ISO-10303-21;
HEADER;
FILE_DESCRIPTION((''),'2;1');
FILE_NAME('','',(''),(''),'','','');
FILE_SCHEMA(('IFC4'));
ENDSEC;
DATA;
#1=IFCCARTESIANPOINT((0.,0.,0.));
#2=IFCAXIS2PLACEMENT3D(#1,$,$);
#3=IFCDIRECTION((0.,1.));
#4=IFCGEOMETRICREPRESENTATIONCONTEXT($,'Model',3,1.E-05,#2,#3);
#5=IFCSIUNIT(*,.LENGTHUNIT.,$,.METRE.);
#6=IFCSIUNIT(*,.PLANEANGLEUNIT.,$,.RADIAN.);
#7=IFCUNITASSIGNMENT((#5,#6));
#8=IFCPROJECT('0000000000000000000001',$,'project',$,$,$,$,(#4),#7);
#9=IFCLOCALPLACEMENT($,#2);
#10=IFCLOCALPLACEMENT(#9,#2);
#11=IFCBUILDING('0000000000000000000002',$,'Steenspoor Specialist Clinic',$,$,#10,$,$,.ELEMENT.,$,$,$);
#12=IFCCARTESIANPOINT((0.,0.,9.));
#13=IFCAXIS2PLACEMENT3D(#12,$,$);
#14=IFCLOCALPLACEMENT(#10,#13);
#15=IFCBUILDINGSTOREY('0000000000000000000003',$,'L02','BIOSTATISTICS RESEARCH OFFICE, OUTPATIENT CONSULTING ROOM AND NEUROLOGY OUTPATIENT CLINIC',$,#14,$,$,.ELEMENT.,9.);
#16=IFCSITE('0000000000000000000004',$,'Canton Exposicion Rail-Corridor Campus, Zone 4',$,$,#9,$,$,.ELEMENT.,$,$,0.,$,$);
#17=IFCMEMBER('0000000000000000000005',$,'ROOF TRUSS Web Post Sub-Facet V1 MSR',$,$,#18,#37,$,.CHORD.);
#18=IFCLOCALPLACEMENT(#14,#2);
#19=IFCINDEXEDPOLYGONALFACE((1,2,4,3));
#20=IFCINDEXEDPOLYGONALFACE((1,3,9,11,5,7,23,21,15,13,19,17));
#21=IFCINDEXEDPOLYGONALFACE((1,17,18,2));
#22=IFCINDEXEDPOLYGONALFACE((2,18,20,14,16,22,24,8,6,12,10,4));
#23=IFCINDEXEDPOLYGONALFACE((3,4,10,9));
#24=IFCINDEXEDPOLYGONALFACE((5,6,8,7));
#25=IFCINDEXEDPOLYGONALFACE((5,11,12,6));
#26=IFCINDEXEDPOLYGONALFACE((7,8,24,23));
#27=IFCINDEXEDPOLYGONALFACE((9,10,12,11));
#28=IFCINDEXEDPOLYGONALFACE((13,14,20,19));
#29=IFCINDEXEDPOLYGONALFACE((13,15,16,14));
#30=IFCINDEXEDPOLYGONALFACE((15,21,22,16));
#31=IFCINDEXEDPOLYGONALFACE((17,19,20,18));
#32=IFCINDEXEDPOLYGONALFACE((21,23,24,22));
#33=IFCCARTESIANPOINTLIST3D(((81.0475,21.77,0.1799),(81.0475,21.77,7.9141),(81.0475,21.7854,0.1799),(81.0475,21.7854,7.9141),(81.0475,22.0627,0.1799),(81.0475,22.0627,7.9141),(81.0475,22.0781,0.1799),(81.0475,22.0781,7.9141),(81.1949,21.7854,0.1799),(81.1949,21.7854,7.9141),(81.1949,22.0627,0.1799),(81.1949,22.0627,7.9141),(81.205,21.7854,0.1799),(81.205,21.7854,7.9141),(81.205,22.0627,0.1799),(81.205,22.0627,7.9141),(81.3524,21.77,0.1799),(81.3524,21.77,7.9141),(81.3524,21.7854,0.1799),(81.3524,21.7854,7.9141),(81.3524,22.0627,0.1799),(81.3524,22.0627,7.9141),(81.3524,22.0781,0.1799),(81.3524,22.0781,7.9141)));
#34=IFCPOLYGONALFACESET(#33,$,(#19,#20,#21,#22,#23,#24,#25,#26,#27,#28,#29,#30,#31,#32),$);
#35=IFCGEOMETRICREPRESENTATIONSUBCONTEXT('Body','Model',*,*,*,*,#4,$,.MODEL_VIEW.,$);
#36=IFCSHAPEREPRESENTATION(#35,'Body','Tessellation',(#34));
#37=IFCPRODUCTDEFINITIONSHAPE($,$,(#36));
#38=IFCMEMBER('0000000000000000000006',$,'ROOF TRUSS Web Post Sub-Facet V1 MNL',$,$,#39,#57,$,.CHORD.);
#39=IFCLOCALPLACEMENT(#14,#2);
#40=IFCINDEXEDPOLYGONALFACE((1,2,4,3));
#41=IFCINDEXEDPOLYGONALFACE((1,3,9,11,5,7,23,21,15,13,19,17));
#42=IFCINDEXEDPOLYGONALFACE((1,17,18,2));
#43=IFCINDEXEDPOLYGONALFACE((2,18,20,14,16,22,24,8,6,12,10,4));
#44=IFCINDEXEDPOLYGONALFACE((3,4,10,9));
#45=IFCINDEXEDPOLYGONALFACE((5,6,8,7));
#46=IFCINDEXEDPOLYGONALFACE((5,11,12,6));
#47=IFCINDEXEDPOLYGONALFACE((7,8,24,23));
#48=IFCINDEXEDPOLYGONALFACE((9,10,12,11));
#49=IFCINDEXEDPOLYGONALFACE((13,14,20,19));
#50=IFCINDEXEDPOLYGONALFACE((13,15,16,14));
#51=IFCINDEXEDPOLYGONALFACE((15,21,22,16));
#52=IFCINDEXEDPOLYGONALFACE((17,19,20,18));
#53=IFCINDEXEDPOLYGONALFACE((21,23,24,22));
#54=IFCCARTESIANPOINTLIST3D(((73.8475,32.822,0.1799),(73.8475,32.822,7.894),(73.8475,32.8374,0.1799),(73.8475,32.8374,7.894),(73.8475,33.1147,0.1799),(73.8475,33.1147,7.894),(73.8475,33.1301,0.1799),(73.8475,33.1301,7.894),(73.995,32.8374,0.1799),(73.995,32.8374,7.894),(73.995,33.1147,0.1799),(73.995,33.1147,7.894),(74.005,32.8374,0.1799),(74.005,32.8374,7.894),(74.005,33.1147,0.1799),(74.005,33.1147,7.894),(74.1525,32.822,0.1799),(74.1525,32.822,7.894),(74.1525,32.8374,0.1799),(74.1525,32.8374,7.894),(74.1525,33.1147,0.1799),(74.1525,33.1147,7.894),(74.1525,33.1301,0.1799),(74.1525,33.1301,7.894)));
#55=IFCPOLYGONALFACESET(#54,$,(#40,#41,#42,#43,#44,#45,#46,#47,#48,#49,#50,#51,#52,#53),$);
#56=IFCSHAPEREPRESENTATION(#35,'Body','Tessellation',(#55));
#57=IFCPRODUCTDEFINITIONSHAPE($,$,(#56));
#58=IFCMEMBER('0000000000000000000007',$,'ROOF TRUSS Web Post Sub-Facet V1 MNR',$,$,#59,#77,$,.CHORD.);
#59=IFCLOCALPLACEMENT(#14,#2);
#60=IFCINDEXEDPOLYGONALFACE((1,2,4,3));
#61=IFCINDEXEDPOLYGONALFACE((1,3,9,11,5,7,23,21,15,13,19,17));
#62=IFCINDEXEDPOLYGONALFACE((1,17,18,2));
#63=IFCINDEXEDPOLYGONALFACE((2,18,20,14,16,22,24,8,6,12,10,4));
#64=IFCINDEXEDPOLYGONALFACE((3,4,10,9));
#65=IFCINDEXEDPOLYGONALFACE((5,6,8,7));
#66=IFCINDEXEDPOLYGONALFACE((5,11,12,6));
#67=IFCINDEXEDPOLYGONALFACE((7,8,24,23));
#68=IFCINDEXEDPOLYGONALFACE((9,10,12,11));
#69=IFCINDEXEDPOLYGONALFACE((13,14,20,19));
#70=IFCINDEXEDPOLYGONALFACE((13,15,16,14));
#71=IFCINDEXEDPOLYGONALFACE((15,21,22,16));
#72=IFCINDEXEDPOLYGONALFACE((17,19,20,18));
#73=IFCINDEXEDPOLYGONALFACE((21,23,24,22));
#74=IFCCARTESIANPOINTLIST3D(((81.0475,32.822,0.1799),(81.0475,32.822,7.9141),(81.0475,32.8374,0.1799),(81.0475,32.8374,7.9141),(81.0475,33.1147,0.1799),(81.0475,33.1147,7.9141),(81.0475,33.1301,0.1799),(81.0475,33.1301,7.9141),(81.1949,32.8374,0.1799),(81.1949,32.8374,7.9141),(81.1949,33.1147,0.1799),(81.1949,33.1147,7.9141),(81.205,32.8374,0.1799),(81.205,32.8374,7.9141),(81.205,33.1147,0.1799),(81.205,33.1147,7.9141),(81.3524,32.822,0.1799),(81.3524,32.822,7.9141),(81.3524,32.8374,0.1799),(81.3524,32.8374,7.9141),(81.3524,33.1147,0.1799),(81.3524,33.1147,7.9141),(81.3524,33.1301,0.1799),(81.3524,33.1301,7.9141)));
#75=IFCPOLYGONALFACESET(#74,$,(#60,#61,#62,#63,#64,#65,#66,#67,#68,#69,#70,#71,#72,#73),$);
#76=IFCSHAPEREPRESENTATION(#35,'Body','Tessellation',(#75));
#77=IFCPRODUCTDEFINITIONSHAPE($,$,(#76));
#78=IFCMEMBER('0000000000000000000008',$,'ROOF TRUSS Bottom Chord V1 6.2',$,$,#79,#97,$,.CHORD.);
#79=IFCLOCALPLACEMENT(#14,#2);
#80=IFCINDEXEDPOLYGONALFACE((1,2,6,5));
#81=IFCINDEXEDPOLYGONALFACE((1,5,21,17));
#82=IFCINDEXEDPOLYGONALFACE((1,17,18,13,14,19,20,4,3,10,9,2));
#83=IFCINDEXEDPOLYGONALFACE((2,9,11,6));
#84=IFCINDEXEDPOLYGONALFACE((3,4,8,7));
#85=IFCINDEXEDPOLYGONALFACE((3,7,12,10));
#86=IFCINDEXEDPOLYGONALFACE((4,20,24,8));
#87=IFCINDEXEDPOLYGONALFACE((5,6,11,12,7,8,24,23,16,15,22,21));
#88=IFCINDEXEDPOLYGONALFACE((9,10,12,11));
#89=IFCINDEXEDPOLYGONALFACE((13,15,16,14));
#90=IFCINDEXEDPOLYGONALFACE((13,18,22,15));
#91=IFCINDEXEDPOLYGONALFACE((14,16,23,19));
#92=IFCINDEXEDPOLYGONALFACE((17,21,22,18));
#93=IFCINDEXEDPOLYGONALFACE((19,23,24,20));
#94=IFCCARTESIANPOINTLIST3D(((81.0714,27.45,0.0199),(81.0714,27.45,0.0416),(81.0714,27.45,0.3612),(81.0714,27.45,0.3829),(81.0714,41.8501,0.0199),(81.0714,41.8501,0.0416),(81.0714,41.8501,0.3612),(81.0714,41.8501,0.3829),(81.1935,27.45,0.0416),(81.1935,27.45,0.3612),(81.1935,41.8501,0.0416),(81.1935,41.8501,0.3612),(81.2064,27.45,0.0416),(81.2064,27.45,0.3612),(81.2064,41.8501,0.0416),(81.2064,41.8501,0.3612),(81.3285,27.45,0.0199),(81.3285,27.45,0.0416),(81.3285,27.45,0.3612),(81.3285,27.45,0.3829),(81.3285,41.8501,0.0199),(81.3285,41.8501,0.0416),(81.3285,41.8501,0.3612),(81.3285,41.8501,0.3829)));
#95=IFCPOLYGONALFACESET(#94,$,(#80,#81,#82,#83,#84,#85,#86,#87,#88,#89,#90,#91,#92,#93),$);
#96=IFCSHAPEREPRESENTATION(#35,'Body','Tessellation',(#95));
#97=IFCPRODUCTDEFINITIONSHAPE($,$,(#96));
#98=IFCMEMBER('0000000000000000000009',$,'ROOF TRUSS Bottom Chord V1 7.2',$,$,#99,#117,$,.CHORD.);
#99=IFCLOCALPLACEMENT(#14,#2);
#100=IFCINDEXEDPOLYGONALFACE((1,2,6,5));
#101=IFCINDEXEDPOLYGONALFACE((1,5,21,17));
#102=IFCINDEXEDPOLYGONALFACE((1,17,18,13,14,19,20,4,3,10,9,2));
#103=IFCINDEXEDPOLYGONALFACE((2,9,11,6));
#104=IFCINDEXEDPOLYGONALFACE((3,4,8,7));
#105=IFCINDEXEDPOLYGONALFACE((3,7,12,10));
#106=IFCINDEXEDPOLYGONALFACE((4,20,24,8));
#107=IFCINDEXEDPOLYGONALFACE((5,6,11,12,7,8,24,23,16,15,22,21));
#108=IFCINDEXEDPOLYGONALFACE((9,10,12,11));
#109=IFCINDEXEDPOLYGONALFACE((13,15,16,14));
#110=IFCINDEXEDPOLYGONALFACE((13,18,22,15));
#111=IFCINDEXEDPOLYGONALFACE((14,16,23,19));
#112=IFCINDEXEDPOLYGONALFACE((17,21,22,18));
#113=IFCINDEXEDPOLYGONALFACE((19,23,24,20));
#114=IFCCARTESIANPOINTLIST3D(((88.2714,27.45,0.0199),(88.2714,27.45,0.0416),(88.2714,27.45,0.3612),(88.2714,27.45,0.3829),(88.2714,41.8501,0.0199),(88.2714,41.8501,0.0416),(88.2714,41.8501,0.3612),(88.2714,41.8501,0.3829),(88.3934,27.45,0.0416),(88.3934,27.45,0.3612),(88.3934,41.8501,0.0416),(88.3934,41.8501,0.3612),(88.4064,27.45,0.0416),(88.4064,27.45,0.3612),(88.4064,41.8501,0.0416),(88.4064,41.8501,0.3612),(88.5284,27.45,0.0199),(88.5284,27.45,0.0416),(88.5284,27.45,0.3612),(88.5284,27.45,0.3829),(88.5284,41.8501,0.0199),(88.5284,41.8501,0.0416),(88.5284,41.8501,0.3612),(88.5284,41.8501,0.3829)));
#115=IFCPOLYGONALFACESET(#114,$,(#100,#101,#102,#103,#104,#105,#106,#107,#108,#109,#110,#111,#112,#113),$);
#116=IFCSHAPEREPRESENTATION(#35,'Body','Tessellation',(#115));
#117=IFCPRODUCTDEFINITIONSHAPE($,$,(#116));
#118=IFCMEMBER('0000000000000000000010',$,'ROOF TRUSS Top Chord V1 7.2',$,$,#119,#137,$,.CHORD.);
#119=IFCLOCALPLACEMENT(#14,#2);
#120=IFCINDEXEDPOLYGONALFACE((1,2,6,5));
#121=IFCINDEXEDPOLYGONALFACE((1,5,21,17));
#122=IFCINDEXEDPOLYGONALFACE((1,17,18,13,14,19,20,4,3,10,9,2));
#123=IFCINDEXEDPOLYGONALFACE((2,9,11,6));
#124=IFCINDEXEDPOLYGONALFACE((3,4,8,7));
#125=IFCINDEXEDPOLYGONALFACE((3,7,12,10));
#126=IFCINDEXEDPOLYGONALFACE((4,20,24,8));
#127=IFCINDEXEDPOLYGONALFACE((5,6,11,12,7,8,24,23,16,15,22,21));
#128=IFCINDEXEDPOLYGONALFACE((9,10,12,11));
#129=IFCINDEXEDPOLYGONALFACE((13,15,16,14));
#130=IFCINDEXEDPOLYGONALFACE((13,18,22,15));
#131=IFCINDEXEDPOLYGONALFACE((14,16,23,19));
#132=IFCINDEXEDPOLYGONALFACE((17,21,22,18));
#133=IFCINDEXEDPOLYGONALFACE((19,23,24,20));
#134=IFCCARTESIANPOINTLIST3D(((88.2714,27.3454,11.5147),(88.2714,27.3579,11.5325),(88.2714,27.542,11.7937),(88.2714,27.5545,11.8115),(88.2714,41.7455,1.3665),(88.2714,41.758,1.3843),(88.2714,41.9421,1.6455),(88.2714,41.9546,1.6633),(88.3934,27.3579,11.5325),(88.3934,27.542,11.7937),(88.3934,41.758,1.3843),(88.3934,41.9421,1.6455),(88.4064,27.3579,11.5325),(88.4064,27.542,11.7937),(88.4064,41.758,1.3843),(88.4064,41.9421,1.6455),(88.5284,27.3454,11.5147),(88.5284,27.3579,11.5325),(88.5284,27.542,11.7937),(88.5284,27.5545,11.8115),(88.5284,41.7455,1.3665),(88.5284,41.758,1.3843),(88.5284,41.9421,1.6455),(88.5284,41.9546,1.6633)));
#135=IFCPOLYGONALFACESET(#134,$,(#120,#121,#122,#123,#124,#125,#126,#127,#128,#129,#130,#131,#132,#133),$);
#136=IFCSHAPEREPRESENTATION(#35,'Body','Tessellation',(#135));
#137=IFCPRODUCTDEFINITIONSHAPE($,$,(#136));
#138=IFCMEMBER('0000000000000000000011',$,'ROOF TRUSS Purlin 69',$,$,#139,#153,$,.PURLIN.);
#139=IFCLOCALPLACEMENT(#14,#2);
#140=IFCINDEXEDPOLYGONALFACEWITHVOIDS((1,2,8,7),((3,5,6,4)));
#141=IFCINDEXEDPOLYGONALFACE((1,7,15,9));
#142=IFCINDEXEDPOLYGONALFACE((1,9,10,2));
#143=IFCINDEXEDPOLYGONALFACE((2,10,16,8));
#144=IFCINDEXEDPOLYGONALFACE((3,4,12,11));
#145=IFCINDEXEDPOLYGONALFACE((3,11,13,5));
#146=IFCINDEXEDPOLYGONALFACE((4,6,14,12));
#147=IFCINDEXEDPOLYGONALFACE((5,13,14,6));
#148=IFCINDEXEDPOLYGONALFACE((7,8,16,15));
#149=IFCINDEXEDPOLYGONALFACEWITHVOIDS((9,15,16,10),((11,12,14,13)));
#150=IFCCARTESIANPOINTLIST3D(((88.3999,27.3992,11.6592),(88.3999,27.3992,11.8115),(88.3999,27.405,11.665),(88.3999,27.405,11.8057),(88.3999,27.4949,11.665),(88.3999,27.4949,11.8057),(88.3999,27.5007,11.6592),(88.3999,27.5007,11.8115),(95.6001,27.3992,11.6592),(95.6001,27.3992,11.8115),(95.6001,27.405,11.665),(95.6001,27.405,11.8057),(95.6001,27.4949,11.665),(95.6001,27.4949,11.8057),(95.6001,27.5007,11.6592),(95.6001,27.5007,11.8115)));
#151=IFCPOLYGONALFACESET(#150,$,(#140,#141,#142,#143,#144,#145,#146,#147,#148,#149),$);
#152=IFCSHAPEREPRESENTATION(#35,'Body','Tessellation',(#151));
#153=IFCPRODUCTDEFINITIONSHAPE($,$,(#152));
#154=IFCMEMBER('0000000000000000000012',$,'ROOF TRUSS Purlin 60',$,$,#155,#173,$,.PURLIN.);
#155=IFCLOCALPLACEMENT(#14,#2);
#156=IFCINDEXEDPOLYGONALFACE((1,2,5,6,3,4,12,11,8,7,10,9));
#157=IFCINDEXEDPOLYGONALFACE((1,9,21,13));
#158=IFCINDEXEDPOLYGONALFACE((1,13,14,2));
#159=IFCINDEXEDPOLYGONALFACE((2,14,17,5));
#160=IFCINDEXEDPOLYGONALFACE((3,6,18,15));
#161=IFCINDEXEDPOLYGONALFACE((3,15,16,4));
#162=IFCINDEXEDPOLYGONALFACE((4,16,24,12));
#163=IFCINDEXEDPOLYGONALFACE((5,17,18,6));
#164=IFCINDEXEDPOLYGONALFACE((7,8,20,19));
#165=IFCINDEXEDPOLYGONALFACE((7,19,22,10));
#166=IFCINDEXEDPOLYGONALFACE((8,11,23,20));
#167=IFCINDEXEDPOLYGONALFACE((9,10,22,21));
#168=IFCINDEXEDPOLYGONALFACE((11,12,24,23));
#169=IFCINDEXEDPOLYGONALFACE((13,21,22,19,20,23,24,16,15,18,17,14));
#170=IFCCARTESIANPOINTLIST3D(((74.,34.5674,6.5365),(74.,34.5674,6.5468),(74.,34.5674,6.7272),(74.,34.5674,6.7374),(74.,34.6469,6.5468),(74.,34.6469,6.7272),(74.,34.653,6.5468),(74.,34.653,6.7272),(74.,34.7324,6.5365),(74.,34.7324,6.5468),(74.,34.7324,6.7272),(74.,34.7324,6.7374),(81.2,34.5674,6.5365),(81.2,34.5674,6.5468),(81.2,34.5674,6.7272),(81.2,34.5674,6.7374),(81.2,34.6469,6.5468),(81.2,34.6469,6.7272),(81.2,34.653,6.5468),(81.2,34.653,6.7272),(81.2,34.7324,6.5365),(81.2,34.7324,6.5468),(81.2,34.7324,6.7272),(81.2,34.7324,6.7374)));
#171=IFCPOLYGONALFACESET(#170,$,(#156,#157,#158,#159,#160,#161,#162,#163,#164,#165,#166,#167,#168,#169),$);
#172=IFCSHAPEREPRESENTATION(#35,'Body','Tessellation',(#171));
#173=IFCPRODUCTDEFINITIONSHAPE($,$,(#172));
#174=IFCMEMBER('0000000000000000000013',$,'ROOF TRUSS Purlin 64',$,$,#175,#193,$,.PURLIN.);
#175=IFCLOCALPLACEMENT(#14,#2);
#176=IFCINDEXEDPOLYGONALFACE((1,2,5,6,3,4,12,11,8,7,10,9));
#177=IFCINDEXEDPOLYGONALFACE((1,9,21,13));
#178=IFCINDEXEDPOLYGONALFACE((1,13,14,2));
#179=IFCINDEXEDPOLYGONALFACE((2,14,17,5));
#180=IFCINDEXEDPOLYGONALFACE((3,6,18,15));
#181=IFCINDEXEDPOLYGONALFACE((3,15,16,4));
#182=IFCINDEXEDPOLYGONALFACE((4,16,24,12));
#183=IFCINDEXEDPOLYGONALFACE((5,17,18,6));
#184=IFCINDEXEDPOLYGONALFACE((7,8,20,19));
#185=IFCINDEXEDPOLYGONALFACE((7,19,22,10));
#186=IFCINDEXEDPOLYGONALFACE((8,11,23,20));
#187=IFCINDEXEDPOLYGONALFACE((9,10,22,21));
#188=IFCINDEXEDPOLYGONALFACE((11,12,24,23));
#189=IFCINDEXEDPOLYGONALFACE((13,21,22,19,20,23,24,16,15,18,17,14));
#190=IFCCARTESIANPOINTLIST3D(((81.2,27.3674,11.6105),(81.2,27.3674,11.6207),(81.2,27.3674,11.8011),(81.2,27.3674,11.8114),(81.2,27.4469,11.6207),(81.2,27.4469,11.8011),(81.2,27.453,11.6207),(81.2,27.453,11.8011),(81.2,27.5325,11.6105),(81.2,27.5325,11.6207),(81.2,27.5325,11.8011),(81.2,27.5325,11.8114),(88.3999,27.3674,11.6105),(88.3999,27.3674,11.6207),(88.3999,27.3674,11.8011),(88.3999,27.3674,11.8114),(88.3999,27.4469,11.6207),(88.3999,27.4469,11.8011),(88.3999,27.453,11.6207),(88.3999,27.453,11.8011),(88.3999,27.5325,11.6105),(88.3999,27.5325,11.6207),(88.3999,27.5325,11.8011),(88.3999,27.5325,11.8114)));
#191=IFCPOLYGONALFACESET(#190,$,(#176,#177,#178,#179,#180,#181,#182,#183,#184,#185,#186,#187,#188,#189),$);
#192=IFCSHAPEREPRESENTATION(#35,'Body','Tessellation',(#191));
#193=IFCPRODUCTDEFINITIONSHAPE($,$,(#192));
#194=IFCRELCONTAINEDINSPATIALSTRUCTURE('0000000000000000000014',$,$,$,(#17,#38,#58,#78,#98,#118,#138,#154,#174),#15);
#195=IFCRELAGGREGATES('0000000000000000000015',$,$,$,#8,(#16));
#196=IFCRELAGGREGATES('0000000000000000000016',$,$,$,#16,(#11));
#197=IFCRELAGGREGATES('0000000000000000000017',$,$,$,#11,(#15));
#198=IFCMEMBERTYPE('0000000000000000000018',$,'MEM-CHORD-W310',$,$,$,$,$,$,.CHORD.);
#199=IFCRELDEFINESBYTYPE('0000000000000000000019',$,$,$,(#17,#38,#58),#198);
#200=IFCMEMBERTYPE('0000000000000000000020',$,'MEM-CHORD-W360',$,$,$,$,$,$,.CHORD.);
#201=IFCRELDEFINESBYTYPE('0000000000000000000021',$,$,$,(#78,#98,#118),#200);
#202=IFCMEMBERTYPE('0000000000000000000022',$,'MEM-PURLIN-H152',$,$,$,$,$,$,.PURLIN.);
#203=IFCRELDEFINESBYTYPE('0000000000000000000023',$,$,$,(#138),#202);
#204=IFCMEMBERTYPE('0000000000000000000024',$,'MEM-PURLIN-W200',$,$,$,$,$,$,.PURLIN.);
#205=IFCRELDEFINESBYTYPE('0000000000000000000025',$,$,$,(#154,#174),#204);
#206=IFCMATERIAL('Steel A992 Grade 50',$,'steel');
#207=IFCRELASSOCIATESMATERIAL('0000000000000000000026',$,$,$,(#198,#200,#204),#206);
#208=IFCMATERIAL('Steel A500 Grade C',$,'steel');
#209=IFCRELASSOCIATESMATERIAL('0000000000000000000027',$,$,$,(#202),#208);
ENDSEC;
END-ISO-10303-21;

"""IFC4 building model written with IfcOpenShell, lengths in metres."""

from ifc_helpers import new_model, si_unit, direction, frame, origin, origin_2d, place, context, subcontext, project, spatial, hollow_rectangle, i_section, extrude, material, material_profile, profile_set, type_object, element, save


model = new_model("IFC4")

# Units and contexts
model_context = context("Model", 3, precision=1e-05, world=origin(), true_north=direction((0.0, 1.0)))
body_context = subcontext(model_context, "Body", "Model", "MODEL_VIEW")
ifc_project = project(units=[si_unit("LENGTHUNIT", "METRE"), si_unit("PLANEANGLEUNIT", "RADIAN")], contexts=[model_context])

# Site, building, storey
site_placement = place(None, origin())
site = spatial("IfcSite", under=ifc_project, at=site_placement, Name="Canton Exposicion Rail-Corridor Campus, Zone 4", CompositionType="ELEMENT", RefElevation=0.0)
building_placement = place(site_placement, origin())
building = spatial("IfcBuilding", under=site, at=building_placement, Name="Steenspoor Specialist Clinic", CompositionType="ELEMENT")
storey_placement = place(building_placement, frame((0.0, 0.0, 9.0)))
storey = spatial("IfcBuildingStorey", under=building, at=storey_placement, Name="L02", Description="BIOSTATISTICS RESEARCH OFFICE, OUTPATIENT CONSULTING ROOM AND NEUROLOGY OUTPATIENT CLINIC", CompositionType="ELEMENT", Elevation=9.0)

# Members
ifc_material_1 = material(Name="Steel A500 Grade C", Category="steel")
ifc_material_2 = material(Name="Steel A992 Grade 50", Category="steel")
ifc_material_profile_1 = material_profile(ifc_material_2, i_section(OverallWidth=0.3049, OverallDepth=0.3081, WebThickness=0.01, FlangeThickness=0.0154, at=origin_2d()), Name="W310X97")
ifc_profile_set_1 = profile_set([ifc_material_profile_1], Name="Steel A992 Grade 50")
member_type_1 = type_object("IfcMemberType", Name="MEM-CHORD-W310", PredefinedType="CHORD", material=ifc_profile_set_1)
member_1_placement = place(storey_placement, frame((81.2, 21.9241, 0.1799), z_axis=(0.0, 0.0, 1.0), x_axis=(1.0, 0.0, 0.0)))
element("IfcMember", 1, at=member_1_placement, inside=storey, type_object=member_type_1, Name="ROOF TRUSS Web Post Sub-Facet V1 MSR", PredefinedType="CHORD", context=body_context, shape_type="SweptSolid", body=[
    extrude(i_section(OverallWidth=0.3049, OverallDepth=0.3081, WebThickness=0.01, FlangeThickness=0.0154, at=origin_2d()), origin(), (0.0, 0.0, 1.0), 7.7341),
])
member_2_placement = place(storey_placement, frame((74.0, 32.9761, 0.1799), z_axis=(0.0, 0.0, 1.0), x_axis=(1.0, 0.0, 0.0)))
element("IfcMember", 2, at=member_2_placement, inside=storey, type_object=member_type_1, Name="ROOF TRUSS Web Post Sub-Facet V1 MNL", PredefinedType="CHORD", context=body_context, shape_type="SweptSolid", body=[
    extrude(i_section(OverallWidth=0.3049, OverallDepth=0.3081, WebThickness=0.01, FlangeThickness=0.0154, at=origin_2d()), origin(), (0.0, 0.0, 1.0), 7.7141),
])
member_3_placement = place(storey_placement, frame((81.2, 32.9761, 0.1799), z_axis=(0.0, 0.0, 1.0), x_axis=(1.0, 0.0, 0.0)))
element("IfcMember", 3, at=member_3_placement, inside=storey, type_object=member_type_1, Name="ROOF TRUSS Web Post Sub-Facet V1 MNR", PredefinedType="CHORD", context=body_context, shape_type="SweptSolid", body=[
    extrude(i_section(OverallWidth=0.3049, OverallDepth=0.3081, WebThickness=0.01, FlangeThickness=0.0154, at=origin_2d()), origin(), (0.0, 0.0, 1.0), 7.7341),
])
ifc_material_profile_2 = material_profile(ifc_material_2, i_section(OverallWidth=0.2571, OverallDepth=0.363, WebThickness=0.0129, FlangeThickness=0.0217, at=origin_2d()), Name="W360X122")
ifc_profile_set_2 = profile_set([ifc_material_profile_2], Name="Steel A992 Grade 50")
member_type_2 = type_object("IfcMemberType", Name="MEM-CHORD-W360", PredefinedType="CHORD", material=ifc_profile_set_2)
for number, where, z_axis, x_axis, name in (
    (4, (81.2, 27.45, 0.2014), (0.0, 1.0, 0.0), (-1.0, 0.0, 0.0), "ROOF TRUSS Bottom Chord V1 6.2"),
    (5, (88.3999, 27.45, 0.2014), (0.0, 1.0, 0.0), (-1.0, 0.0, 0.0), "ROOF TRUSS Bottom Chord V1 7.2"),
):
    element("IfcMember", number, at=place(storey_placement, frame(where, z_axis=z_axis, x_axis=x_axis)), inside=storey, type_object=member_type_2, Name=name, PredefinedType="CHORD", context=body_context, shape_type="SweptSolid", body=[
        extrude(i_section(OverallWidth=0.2571, OverallDepth=0.363, WebThickness=0.0129, FlangeThickness=0.0217, at=origin_2d()), origin(), (0.0, 0.0, 1.0), 14.4001),
    ])
member_4_placement = place(storey_placement, frame((88.3999, 27.45, 11.6631), z_axis=(0.0, 0.817412, -0.576054), x_axis=(-1.0, 0.0, 0.0)))
element("IfcMember", 6, at=member_4_placement, inside=storey, type_object=member_type_2, Name="ROOF TRUSS Top Chord V1 7.2", PredefinedType="CHORD", context=body_context, shape_type="SweptSolid", body=[
    extrude(i_section(OverallWidth=0.2571, OverallDepth=0.363, WebThickness=0.0129, FlangeThickness=0.0217, at=origin_2d()), origin(), (0.0, 0.0, 1.0), 17.6167),
])
ifc_material_profile_3 = material_profile(ifc_material_1, hollow_rectangle(XDim=0.1016, YDim=0.1523, WallThickness=0.0059, at=origin_2d()), Name="HSS152X102X6.4")
ifc_profile_set_3 = profile_set([ifc_material_profile_3], Name="Steel A500 Grade C")
member_type_3 = type_object("IfcMemberType", Name="MEM-PURLIN-H152", PredefinedType="PURLIN", material=ifc_profile_set_3)
member_5_placement = place(storey_placement, frame((88.3999, 27.45, 11.7354), z_axis=(1.0, 0.0, 0.0), x_axis=(0.0, 1.0, 0.0)))
element("IfcMember", 7, at=member_5_placement, inside=storey, type_object=member_type_3, Name="ROOF TRUSS Purlin 69", PredefinedType="PURLIN", context=body_context, shape_type="SweptSolid", body=[
    extrude(hollow_rectangle(XDim=0.1016, YDim=0.1523, WallThickness=0.0059, at=origin_2d()), origin(), (0.0, 0.0, 1.0), 7.2002),
])
ifc_material_profile_4 = material_profile(ifc_material_2, i_section(OverallWidth=0.165, OverallDepth=0.2009, WebThickness=0.0061, FlangeThickness=0.0103, at=origin_2d()), Name="W200X36")
ifc_profile_set_4 = profile_set([ifc_material_profile_4], Name="Steel A992 Grade 50")
member_type_4 = type_object("IfcMemberType", Name="MEM-PURLIN-W200", PredefinedType="PURLIN", material=ifc_profile_set_4)
for number, where, z_axis, x_axis, name in (
    (8, (74.0, 34.6499, 6.637), (1.0, 0.0, 0.0), (0.0, 1.0, 0.0), "ROOF TRUSS Purlin 60"),
    (9, (81.2, 27.45, 11.7109), (1.0, 0.0, 0.0), (0.0, 1.0, 0.0), "ROOF TRUSS Purlin 64"),
):
    element("IfcMember", number, at=place(storey_placement, frame(where, z_axis=z_axis, x_axis=x_axis)), inside=storey, type_object=member_type_4, Name=name, PredefinedType="PURLIN", context=body_context, shape_type="SweptSolid", body=[
        extrude(i_section(OverallWidth=0.165, OverallDepth=0.2009, WebThickness=0.0061, FlangeThickness=0.0103, at=origin_2d()), origin(), (0.0, 0.0, 1.0), 7.2),
    ])

save(model, "model.ifc")
